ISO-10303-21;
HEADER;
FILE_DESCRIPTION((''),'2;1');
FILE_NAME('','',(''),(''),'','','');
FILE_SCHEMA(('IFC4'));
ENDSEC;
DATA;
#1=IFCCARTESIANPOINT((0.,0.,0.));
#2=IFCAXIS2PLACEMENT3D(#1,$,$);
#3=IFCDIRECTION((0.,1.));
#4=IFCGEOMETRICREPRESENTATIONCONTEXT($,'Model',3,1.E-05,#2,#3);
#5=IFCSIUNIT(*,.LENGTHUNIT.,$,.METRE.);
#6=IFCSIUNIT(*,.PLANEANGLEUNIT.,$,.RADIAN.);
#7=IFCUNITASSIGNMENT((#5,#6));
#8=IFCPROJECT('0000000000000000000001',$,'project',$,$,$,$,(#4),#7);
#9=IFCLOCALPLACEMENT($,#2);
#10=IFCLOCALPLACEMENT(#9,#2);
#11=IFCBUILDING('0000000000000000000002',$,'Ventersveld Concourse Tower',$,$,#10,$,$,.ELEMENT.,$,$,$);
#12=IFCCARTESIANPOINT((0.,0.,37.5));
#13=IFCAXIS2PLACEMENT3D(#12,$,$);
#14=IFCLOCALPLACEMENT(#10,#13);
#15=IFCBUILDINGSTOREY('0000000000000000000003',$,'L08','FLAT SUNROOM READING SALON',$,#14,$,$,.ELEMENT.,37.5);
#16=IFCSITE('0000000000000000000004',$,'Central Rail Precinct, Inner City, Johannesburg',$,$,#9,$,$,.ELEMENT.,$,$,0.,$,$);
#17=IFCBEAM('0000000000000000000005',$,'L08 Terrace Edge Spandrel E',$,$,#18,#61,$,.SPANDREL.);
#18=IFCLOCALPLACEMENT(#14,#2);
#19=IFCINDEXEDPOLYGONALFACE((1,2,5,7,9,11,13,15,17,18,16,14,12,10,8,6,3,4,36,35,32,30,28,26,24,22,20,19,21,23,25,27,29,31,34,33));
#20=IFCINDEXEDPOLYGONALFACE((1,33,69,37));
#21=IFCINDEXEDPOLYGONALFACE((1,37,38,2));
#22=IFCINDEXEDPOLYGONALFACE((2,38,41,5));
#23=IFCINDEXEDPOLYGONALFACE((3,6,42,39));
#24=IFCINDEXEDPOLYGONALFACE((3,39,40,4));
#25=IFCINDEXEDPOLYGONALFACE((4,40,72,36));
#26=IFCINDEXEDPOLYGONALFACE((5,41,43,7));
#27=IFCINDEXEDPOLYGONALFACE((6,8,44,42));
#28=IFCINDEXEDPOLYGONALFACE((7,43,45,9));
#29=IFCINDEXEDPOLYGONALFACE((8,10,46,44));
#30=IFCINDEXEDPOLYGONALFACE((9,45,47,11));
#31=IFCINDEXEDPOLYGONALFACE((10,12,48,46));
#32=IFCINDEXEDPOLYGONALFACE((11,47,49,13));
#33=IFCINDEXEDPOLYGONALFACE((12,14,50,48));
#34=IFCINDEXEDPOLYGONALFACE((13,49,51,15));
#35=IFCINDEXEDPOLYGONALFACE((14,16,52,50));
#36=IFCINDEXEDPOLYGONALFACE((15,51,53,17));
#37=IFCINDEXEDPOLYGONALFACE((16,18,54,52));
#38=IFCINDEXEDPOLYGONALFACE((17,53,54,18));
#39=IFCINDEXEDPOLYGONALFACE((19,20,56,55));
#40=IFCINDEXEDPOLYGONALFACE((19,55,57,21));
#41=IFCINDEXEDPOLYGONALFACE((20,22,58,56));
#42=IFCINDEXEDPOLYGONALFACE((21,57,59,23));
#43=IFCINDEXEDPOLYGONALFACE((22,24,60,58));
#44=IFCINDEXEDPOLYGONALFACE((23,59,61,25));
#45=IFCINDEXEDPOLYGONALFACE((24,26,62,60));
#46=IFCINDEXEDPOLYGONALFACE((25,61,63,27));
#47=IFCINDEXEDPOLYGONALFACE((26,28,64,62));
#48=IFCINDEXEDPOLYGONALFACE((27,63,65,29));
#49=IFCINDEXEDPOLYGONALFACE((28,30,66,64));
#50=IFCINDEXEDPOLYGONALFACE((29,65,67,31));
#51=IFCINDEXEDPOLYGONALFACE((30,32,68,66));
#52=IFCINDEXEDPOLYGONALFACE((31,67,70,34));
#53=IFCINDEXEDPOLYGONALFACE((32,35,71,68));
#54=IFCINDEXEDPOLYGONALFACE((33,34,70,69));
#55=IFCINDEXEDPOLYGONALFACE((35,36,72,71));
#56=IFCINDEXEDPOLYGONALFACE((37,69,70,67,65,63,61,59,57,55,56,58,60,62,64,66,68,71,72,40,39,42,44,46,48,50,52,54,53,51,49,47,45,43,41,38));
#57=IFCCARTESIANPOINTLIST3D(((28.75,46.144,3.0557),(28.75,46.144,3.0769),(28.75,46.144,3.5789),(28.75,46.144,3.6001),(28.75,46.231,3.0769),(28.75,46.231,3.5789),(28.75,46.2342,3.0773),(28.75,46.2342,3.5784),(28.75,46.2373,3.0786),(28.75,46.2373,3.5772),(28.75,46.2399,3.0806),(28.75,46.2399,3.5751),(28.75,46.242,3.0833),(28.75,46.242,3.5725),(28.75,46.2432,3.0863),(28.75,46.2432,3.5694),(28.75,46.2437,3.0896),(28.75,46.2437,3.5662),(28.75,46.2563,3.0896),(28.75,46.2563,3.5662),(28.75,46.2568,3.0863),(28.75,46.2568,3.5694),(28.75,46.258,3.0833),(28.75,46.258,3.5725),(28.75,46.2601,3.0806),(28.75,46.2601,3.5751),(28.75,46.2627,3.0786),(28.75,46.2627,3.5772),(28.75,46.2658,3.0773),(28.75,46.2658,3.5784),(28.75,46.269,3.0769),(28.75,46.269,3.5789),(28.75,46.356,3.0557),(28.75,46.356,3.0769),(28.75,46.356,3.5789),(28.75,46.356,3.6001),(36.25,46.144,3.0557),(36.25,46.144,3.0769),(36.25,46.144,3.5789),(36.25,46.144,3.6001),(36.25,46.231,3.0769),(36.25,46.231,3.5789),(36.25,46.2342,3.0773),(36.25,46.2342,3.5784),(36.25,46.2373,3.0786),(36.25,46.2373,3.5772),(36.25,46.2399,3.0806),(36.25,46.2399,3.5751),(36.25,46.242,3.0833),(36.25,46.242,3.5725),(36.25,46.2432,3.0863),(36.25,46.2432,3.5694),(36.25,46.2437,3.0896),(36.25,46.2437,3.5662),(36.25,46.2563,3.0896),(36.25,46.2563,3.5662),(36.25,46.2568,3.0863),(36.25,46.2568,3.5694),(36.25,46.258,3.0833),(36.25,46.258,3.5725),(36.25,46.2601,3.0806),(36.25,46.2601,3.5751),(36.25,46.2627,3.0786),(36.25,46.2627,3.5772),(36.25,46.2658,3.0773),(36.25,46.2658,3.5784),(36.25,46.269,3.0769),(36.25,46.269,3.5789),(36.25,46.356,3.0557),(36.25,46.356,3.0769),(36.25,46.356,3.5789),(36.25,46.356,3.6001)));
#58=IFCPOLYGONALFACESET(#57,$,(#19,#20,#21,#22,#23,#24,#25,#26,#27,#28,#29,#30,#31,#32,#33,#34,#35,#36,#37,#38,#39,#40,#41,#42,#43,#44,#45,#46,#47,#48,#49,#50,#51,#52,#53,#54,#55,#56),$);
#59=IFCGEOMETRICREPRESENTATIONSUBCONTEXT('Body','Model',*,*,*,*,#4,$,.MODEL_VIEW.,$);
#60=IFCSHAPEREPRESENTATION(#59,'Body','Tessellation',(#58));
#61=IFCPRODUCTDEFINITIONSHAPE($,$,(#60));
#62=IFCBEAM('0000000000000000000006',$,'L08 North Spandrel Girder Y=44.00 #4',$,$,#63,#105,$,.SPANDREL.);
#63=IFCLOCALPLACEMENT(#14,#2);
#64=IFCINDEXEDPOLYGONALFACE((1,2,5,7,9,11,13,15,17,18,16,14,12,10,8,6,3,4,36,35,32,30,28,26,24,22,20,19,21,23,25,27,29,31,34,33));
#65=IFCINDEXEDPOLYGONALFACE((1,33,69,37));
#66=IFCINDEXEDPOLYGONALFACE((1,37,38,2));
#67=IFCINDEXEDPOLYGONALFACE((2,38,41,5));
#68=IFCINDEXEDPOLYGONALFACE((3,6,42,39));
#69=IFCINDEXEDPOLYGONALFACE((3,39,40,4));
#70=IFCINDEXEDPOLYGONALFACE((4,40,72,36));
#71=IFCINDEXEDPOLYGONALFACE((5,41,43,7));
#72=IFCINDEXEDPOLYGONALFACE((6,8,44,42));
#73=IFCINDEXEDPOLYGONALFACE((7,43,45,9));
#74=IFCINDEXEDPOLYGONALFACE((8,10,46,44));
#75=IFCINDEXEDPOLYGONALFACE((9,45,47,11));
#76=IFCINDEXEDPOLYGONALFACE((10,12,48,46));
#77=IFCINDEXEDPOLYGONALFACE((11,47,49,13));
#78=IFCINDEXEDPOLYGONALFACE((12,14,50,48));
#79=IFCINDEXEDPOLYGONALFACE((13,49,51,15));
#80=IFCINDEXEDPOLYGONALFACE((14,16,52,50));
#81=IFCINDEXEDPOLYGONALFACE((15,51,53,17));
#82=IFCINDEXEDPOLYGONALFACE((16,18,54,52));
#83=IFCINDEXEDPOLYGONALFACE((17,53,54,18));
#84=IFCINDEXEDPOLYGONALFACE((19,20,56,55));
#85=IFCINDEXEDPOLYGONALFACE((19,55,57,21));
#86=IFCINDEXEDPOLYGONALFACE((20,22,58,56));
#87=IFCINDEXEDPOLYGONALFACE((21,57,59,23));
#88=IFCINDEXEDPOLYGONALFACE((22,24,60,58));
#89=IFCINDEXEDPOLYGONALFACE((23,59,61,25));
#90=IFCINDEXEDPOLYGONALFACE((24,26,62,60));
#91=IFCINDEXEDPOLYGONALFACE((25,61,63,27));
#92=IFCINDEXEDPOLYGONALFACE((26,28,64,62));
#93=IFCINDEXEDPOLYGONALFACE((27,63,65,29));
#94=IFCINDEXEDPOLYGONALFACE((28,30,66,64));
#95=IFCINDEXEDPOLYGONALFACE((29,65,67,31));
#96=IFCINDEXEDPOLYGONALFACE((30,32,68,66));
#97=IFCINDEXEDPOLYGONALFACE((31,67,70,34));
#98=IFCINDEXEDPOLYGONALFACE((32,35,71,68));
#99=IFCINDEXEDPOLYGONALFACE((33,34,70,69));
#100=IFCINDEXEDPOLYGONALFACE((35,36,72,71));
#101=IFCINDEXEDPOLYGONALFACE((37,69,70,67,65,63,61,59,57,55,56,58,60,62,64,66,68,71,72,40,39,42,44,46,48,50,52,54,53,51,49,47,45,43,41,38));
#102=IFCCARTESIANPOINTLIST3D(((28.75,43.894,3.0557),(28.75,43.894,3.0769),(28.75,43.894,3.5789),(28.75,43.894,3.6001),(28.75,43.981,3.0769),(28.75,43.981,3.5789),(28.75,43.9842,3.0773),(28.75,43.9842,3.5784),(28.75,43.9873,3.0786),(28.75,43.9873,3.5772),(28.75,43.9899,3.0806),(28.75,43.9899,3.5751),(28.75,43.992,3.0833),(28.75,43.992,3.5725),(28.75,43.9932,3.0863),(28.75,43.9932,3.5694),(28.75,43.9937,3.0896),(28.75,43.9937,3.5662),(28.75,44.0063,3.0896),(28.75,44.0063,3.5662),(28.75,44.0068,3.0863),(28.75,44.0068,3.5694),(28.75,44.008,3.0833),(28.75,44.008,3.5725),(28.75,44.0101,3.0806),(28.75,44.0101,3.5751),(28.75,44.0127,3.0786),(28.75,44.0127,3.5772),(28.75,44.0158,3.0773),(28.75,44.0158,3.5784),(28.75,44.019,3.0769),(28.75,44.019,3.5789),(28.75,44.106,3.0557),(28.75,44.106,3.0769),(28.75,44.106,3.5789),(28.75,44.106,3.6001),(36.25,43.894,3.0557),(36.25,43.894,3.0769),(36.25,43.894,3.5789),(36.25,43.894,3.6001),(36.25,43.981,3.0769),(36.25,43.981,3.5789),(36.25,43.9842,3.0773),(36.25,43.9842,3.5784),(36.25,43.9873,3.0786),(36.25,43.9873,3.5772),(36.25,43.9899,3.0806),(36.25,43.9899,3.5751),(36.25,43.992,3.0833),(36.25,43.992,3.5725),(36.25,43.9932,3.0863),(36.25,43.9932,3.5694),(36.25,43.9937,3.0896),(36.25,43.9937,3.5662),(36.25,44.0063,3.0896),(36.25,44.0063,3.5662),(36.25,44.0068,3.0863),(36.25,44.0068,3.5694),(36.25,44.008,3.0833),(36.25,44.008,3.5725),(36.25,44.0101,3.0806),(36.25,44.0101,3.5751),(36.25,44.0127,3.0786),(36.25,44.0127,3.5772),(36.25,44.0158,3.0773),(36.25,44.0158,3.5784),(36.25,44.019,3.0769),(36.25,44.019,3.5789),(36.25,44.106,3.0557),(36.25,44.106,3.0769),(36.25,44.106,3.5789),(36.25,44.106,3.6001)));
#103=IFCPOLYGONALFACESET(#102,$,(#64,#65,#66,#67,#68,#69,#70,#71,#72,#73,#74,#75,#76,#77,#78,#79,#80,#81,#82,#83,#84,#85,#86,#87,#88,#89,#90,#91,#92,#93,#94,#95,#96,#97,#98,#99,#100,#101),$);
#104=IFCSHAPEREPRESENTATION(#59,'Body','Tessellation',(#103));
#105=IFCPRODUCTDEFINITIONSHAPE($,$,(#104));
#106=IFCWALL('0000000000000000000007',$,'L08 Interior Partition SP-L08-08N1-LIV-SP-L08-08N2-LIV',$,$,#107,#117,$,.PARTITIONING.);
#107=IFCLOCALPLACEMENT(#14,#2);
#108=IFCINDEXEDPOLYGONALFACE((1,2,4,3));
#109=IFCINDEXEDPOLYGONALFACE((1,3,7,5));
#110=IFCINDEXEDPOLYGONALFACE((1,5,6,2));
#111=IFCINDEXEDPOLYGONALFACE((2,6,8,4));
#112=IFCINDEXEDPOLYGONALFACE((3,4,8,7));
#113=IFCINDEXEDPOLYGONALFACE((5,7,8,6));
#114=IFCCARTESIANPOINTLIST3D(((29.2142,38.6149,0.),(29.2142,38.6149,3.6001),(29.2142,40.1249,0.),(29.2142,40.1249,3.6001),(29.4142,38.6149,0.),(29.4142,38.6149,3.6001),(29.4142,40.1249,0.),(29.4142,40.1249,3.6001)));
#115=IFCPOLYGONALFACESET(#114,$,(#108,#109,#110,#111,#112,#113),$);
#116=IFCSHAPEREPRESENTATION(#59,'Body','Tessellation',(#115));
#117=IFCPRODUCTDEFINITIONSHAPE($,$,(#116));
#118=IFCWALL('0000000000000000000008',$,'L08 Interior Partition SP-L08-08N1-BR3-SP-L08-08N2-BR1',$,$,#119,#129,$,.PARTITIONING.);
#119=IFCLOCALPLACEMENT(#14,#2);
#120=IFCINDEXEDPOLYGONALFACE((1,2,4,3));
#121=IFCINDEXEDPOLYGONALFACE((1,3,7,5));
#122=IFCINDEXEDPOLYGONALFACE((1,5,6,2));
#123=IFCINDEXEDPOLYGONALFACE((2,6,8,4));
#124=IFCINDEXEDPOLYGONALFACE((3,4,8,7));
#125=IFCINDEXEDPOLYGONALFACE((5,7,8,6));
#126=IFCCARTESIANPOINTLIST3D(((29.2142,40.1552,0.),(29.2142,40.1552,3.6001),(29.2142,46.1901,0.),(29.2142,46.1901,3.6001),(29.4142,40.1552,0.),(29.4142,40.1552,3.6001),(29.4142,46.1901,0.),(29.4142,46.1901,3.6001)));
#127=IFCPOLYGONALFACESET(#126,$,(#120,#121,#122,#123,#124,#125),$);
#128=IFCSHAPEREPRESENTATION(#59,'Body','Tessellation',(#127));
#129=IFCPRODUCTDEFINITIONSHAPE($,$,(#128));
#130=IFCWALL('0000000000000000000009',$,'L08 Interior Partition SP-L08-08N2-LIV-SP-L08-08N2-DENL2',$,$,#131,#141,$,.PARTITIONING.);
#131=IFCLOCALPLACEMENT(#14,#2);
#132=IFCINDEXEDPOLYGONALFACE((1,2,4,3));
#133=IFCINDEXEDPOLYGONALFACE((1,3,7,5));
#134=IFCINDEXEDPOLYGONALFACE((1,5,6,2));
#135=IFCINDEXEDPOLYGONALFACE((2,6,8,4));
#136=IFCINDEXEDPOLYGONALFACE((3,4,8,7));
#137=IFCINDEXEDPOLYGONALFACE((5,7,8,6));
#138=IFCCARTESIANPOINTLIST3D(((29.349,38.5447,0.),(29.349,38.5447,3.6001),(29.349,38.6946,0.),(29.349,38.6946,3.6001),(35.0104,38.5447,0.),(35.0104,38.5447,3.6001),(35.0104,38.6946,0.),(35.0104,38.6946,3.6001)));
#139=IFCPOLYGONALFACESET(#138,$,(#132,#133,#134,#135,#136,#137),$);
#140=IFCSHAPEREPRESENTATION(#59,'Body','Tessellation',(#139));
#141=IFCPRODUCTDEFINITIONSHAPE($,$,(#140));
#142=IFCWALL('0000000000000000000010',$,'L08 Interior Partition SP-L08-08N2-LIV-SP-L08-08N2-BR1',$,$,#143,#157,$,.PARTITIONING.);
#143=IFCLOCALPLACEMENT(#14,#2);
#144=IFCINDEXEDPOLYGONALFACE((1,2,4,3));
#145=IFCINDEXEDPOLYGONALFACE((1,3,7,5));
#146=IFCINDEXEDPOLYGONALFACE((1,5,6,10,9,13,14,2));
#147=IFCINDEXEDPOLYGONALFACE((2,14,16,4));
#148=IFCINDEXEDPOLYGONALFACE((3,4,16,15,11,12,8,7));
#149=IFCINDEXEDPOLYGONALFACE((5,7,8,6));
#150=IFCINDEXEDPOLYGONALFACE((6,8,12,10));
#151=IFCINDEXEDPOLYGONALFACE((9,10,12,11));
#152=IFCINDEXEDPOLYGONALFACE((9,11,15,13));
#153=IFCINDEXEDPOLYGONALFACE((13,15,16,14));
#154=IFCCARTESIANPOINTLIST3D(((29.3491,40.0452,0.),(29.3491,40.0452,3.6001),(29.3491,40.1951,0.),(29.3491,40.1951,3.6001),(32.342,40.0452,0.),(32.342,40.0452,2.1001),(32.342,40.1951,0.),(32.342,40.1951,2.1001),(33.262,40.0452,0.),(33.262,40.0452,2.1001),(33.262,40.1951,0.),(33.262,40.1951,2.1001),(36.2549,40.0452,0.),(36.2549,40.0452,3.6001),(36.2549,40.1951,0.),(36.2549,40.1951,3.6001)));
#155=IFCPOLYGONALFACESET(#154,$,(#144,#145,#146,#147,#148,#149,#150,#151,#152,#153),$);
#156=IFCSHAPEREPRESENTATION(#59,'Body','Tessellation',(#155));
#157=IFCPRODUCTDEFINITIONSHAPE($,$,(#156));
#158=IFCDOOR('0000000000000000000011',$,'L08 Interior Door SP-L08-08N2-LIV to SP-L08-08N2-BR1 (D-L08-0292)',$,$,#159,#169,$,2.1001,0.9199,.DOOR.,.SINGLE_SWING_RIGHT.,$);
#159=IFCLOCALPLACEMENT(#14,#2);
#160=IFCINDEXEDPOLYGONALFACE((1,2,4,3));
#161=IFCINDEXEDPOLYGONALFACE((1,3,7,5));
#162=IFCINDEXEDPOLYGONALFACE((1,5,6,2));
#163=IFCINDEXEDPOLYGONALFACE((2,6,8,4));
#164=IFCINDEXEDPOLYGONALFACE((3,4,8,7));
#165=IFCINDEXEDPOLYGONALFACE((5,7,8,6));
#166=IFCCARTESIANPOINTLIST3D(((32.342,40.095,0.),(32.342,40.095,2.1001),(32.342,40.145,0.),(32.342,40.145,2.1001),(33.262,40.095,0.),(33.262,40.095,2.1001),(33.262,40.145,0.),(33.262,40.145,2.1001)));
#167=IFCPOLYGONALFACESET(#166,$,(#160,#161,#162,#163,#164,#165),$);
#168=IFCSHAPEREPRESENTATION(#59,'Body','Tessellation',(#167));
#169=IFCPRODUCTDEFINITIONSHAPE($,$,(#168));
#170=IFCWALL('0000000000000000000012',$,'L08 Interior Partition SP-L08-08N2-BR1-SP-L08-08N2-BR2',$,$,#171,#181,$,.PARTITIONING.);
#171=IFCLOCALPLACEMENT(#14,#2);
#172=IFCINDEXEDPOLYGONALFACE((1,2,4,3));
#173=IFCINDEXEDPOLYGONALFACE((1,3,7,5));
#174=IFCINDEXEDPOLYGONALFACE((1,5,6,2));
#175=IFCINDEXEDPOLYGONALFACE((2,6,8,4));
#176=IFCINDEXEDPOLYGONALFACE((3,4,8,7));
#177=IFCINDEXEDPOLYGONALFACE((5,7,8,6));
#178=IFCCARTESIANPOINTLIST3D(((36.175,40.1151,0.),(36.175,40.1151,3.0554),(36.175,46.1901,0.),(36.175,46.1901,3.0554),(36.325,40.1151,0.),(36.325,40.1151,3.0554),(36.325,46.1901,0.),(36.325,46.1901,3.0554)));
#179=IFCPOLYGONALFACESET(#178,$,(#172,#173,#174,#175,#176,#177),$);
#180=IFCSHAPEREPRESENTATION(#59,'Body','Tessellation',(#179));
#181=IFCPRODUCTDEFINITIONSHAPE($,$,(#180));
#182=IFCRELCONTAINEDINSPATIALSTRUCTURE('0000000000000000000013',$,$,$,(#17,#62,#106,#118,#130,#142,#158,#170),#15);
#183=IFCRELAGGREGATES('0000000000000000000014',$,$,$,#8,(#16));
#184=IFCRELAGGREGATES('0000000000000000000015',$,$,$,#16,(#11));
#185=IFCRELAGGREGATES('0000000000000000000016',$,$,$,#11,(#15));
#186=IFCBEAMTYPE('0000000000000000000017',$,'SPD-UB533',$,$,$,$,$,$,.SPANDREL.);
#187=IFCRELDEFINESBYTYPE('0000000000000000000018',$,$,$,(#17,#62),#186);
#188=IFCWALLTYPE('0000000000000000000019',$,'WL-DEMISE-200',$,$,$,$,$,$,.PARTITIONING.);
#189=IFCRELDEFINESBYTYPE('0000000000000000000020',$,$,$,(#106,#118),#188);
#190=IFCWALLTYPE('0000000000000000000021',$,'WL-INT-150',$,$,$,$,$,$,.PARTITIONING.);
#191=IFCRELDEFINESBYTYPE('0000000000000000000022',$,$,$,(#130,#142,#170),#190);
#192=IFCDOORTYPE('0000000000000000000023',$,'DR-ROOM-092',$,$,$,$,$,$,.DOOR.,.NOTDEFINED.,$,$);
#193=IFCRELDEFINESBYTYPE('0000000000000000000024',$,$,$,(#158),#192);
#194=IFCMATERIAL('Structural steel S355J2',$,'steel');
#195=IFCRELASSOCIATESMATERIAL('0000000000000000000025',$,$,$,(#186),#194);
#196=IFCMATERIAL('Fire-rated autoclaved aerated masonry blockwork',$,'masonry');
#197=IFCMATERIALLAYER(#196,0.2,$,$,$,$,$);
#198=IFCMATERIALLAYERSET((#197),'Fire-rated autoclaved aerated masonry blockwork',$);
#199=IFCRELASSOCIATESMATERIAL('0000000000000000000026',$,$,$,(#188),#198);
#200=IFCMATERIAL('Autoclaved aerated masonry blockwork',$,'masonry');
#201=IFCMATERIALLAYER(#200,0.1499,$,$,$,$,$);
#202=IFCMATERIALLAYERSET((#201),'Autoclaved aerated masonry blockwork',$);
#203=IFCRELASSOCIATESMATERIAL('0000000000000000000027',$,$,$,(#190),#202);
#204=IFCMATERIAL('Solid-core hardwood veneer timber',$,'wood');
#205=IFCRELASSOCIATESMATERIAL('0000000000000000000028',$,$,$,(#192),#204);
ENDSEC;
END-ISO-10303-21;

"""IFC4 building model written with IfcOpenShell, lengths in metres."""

from ifc_helpers import new_model, si_unit, direction, frame, frame_2d, origin, origin_2d, place, context, subcontext, project, spatial, rectangle, i_section, extrude, material, layer, layer_set, material_profile, profile_set, type_object, element, fill, save


model = new_model("IFC4")

# Units and contexts
model_context = context("Model", 3, precision=1e-05, world=origin(), true_north=direction((0.0, 1.0)))
body_context = subcontext(model_context, "Body", "Model", "MODEL_VIEW")
ifc_project = project(units=[si_unit("LENGTHUNIT", "METRE"), si_unit("PLANEANGLEUNIT", "RADIAN")], contexts=[model_context])

# Site, building, storey
site_placement = place(None, origin())
site = spatial("IfcSite", under=ifc_project, at=site_placement, Name="Central Rail Precinct, Inner City, Johannesburg", CompositionType="ELEMENT", RefElevation=0.0)
building_placement = place(site_placement, origin())
building = spatial("IfcBuilding", under=site, at=building_placement, Name="Ventersveld Concourse Tower", CompositionType="ELEMENT")
storey_placement = place(building_placement, frame((0.0, 0.0, 37.5)))
storey = spatial("IfcBuildingStorey", under=building, at=storey_placement, Name="L08", Description="FLAT SUNROOM READING SALON", CompositionType="ELEMENT", Elevation=37.5)

# Beams
ifc_material_1 = material(Name="Structural steel S355J2", Category="steel")
ifc_material_profile_1 = material_profile(ifc_material_1, i_section(OverallWidth=0.2119, OverallDepth=0.5444, WebThickness=0.0127, FlangeThickness=0.0212, FilletRadius=0.0127, at=origin_2d()), Name="UB 533x210x122")
ifc_profile_set_1 = profile_set([ifc_material_profile_1], Name="Structural steel S355J2")
beam_type_1 = type_object("IfcBeamType", Name="SPD-UB533", PredefinedType="SPANDREL", material=ifc_profile_set_1)
for number, where, z_axis, x_axis, name in (
    (1, (28.75, 46.25, 3.3279), (1.0, 0.0, 0.0), (0.0, 1.0, 0.0), "L08 Terrace Edge Spandrel E"),
    (2, (28.75, 44.0, 3.3279), (1.0, 0.0, 0.0), (0.0, 1.0, 0.0), "L08 North Spandrel Girder Y=44.00 #4"),
):
    element("IfcBeam", number, at=place(storey_placement, frame(where, z_axis=z_axis, x_axis=x_axis)), inside=storey, type_object=beam_type_1, Name=name, PredefinedType="SPANDREL", context=body_context, shape_type="SweptSolid", body=[
        extrude(i_section(OverallWidth=0.2119, OverallDepth=0.5444, WebThickness=0.0127, FlangeThickness=0.0212, FilletRadius=0.0127, at=origin_2d()), origin(), (0.0, 0.0, 1.0), 7.5),
    ])

# Walls
ifc_material_2 = material(Name="Fire-rated autoclaved aerated masonry blockwork", Category="masonry")
ifc_layer_1 = layer(ifc_material_2, 0.2)
ifc_layer_set_1 = layer_set([ifc_layer_1], Name="Fire-rated autoclaved aerated masonry blockwork")
wall_type_1 = type_object("IfcWallType", Name="WL-DEMISE-200", PredefinedType="PARTITIONING", material=ifc_layer_set_1)
wall_1_placement = place(storey_placement, frame((29.3142, 38.615, 0.0), z_axis=(0.0, 0.0, 1.0), x_axis=(0.0, 1.0, 0.0)))
element("IfcWall", 3, at=wall_1_placement, inside=storey, type_object=wall_type_1, Name="L08 Interior Partition SP-L08-08N1-LIV-SP-L08-08N2-LIV", PredefinedType="PARTITIONING", context=body_context, shape_type="SweptSolid", body=[
    extrude(rectangle(XDim=1.51, YDim=0.2, at=frame_2d((0.7549, 0.0))), origin(), (0.0, 0.0, 1.0), 3.6001),
])
wall_2_placement = place(storey_placement, frame((29.3142, 40.155, 0.0), z_axis=(0.0, 0.0, 1.0), x_axis=(0.0, 1.0, 0.0)))
element("IfcWall", 4, at=wall_2_placement, inside=storey, type_object=wall_type_1, Name="L08 Interior Partition SP-L08-08N1-BR3-SP-L08-08N2-BR1", PredefinedType="PARTITIONING", context=body_context, shape_type="SweptSolid", body=[
    extrude(rectangle(XDim=6.0349, YDim=0.2, at=frame_2d((3.0176, 0.0))), origin(), (0.0, 0.0, 1.0), 3.6001),
])
ifc_material_3 = material(Name="Autoclaved aerated masonry blockwork", Category="masonry")
ifc_layer_2 = layer(ifc_material_3, 0.1499)
ifc_layer_set_2 = layer_set([ifc_layer_2], Name="Autoclaved aerated masonry blockwork")
wall_type_2 = type_object("IfcWallType", Name="WL-INT-150", PredefinedType="PARTITIONING", material=ifc_layer_set_2)
wall_3_placement = place(storey_placement, frame((29.3491, 38.6196, 0.0), z_axis=(0.0, 0.0, 1.0), x_axis=(1.0, 0.0, 0.0)))
element("IfcWall", 5, at=wall_3_placement, inside=storey, type_object=wall_type_2, Name="L08 Interior Partition SP-L08-08N2-LIV-SP-L08-08N2-DENL2", PredefinedType="PARTITIONING", context=body_context, shape_type="SweptSolid", body=[
    extrude(rectangle(XDim=5.6614, YDim=0.1499, at=frame_2d((2.8306, 0.0))), origin(), (0.0, 0.0, 1.0), 3.6001),
])

# Wall, opening, door
wall_4_placement = place(storey_placement, frame((29.3491, 40.1201, 0.0), z_axis=(0.0, 0.0, 1.0), x_axis=(1.0, 0.0, 0.0)))
wall_4 = element("IfcWall", 6, at=wall_4_placement, inside=storey, type_object=wall_type_2, Name="L08 Interior Partition SP-L08-08N2-LIV-SP-L08-08N2-BR1", PredefinedType="PARTITIONING", context=body_context, shape_type="SweptSolid", body=[
    extrude(rectangle(XDim=6.9058, YDim=0.1499, at=frame_2d((3.4529, 0.0))), origin(), (0.0, 0.0, 1.0), 3.6001),
])
opening_placement = place(wall_4_placement, frame((2.9929, 0.0, 0.0)))
opening = element("IfcOpeningElement", 7, at=opening_placement, cuts=wall_4, PredefinedType="OPENING", context=body_context, shape_type="SweptSolid", body=[
    extrude(rectangle(XDim=0.9199, YDim=2.1001, at=frame_2d((0.46, 1.05))), frame((0.0, 0.085, 0.0), z_axis=(0.0, -1.0, 0.0), x_axis=(1.0, 0.0, 0.0)), (0.0, 0.0, 1.0), 0.1699),
])
ifc_material_4 = material(Name="Solid-core hardwood veneer timber", Category="wood")
door_type = type_object("IfcDoorType", Name="DR-ROOM-092", OperationType="NOTDEFINED", PredefinedType="DOOR", material=ifc_material_4)
door_placement = place(opening_placement, origin())
door = element("IfcDoor", 8, at=door_placement, inside=storey, type_object=door_type, Name="L08 Interior Door SP-L08-08N2-LIV to SP-L08-08N2-BR1 (D-L08-0292)", OperationType="SINGLE_SWING_RIGHT", OverallHeight=2.1001, OverallWidth=0.9199, PredefinedType="DOOR", context=body_context, shape_type="SweptSolid", body=[
    extrude(rectangle(XDim=0.9199, YDim=2.1001, at=frame_2d((0.46, 1.05))), frame((0.0, 0.0249, 0.0), z_axis=(0.0, -1.0, 0.0), x_axis=(1.0, 0.0, 0.0)), (0.0, 0.0, 1.0), 0.05),
])
fill(opening, door)

# Wall
wall_5_placement = place(storey_placement, frame((36.25, 40.115, 0.0), z_axis=(0.0, 0.0, 1.0), x_axis=(0.0, 1.0, 0.0)))
element("IfcWall", 9, at=wall_5_placement, inside=storey, type_object=wall_type_2, Name="L08 Interior Partition SP-L08-08N2-BR1-SP-L08-08N2-BR2", PredefinedType="PARTITIONING", context=body_context, shape_type="SweptSolid", body=[
    extrude(rectangle(XDim=6.075, YDim=0.1499, at=frame_2d((3.0376, 0.0))), origin(), (0.0, 0.0, 1.0), 3.0554),
])

save(model, "model.ifc")
